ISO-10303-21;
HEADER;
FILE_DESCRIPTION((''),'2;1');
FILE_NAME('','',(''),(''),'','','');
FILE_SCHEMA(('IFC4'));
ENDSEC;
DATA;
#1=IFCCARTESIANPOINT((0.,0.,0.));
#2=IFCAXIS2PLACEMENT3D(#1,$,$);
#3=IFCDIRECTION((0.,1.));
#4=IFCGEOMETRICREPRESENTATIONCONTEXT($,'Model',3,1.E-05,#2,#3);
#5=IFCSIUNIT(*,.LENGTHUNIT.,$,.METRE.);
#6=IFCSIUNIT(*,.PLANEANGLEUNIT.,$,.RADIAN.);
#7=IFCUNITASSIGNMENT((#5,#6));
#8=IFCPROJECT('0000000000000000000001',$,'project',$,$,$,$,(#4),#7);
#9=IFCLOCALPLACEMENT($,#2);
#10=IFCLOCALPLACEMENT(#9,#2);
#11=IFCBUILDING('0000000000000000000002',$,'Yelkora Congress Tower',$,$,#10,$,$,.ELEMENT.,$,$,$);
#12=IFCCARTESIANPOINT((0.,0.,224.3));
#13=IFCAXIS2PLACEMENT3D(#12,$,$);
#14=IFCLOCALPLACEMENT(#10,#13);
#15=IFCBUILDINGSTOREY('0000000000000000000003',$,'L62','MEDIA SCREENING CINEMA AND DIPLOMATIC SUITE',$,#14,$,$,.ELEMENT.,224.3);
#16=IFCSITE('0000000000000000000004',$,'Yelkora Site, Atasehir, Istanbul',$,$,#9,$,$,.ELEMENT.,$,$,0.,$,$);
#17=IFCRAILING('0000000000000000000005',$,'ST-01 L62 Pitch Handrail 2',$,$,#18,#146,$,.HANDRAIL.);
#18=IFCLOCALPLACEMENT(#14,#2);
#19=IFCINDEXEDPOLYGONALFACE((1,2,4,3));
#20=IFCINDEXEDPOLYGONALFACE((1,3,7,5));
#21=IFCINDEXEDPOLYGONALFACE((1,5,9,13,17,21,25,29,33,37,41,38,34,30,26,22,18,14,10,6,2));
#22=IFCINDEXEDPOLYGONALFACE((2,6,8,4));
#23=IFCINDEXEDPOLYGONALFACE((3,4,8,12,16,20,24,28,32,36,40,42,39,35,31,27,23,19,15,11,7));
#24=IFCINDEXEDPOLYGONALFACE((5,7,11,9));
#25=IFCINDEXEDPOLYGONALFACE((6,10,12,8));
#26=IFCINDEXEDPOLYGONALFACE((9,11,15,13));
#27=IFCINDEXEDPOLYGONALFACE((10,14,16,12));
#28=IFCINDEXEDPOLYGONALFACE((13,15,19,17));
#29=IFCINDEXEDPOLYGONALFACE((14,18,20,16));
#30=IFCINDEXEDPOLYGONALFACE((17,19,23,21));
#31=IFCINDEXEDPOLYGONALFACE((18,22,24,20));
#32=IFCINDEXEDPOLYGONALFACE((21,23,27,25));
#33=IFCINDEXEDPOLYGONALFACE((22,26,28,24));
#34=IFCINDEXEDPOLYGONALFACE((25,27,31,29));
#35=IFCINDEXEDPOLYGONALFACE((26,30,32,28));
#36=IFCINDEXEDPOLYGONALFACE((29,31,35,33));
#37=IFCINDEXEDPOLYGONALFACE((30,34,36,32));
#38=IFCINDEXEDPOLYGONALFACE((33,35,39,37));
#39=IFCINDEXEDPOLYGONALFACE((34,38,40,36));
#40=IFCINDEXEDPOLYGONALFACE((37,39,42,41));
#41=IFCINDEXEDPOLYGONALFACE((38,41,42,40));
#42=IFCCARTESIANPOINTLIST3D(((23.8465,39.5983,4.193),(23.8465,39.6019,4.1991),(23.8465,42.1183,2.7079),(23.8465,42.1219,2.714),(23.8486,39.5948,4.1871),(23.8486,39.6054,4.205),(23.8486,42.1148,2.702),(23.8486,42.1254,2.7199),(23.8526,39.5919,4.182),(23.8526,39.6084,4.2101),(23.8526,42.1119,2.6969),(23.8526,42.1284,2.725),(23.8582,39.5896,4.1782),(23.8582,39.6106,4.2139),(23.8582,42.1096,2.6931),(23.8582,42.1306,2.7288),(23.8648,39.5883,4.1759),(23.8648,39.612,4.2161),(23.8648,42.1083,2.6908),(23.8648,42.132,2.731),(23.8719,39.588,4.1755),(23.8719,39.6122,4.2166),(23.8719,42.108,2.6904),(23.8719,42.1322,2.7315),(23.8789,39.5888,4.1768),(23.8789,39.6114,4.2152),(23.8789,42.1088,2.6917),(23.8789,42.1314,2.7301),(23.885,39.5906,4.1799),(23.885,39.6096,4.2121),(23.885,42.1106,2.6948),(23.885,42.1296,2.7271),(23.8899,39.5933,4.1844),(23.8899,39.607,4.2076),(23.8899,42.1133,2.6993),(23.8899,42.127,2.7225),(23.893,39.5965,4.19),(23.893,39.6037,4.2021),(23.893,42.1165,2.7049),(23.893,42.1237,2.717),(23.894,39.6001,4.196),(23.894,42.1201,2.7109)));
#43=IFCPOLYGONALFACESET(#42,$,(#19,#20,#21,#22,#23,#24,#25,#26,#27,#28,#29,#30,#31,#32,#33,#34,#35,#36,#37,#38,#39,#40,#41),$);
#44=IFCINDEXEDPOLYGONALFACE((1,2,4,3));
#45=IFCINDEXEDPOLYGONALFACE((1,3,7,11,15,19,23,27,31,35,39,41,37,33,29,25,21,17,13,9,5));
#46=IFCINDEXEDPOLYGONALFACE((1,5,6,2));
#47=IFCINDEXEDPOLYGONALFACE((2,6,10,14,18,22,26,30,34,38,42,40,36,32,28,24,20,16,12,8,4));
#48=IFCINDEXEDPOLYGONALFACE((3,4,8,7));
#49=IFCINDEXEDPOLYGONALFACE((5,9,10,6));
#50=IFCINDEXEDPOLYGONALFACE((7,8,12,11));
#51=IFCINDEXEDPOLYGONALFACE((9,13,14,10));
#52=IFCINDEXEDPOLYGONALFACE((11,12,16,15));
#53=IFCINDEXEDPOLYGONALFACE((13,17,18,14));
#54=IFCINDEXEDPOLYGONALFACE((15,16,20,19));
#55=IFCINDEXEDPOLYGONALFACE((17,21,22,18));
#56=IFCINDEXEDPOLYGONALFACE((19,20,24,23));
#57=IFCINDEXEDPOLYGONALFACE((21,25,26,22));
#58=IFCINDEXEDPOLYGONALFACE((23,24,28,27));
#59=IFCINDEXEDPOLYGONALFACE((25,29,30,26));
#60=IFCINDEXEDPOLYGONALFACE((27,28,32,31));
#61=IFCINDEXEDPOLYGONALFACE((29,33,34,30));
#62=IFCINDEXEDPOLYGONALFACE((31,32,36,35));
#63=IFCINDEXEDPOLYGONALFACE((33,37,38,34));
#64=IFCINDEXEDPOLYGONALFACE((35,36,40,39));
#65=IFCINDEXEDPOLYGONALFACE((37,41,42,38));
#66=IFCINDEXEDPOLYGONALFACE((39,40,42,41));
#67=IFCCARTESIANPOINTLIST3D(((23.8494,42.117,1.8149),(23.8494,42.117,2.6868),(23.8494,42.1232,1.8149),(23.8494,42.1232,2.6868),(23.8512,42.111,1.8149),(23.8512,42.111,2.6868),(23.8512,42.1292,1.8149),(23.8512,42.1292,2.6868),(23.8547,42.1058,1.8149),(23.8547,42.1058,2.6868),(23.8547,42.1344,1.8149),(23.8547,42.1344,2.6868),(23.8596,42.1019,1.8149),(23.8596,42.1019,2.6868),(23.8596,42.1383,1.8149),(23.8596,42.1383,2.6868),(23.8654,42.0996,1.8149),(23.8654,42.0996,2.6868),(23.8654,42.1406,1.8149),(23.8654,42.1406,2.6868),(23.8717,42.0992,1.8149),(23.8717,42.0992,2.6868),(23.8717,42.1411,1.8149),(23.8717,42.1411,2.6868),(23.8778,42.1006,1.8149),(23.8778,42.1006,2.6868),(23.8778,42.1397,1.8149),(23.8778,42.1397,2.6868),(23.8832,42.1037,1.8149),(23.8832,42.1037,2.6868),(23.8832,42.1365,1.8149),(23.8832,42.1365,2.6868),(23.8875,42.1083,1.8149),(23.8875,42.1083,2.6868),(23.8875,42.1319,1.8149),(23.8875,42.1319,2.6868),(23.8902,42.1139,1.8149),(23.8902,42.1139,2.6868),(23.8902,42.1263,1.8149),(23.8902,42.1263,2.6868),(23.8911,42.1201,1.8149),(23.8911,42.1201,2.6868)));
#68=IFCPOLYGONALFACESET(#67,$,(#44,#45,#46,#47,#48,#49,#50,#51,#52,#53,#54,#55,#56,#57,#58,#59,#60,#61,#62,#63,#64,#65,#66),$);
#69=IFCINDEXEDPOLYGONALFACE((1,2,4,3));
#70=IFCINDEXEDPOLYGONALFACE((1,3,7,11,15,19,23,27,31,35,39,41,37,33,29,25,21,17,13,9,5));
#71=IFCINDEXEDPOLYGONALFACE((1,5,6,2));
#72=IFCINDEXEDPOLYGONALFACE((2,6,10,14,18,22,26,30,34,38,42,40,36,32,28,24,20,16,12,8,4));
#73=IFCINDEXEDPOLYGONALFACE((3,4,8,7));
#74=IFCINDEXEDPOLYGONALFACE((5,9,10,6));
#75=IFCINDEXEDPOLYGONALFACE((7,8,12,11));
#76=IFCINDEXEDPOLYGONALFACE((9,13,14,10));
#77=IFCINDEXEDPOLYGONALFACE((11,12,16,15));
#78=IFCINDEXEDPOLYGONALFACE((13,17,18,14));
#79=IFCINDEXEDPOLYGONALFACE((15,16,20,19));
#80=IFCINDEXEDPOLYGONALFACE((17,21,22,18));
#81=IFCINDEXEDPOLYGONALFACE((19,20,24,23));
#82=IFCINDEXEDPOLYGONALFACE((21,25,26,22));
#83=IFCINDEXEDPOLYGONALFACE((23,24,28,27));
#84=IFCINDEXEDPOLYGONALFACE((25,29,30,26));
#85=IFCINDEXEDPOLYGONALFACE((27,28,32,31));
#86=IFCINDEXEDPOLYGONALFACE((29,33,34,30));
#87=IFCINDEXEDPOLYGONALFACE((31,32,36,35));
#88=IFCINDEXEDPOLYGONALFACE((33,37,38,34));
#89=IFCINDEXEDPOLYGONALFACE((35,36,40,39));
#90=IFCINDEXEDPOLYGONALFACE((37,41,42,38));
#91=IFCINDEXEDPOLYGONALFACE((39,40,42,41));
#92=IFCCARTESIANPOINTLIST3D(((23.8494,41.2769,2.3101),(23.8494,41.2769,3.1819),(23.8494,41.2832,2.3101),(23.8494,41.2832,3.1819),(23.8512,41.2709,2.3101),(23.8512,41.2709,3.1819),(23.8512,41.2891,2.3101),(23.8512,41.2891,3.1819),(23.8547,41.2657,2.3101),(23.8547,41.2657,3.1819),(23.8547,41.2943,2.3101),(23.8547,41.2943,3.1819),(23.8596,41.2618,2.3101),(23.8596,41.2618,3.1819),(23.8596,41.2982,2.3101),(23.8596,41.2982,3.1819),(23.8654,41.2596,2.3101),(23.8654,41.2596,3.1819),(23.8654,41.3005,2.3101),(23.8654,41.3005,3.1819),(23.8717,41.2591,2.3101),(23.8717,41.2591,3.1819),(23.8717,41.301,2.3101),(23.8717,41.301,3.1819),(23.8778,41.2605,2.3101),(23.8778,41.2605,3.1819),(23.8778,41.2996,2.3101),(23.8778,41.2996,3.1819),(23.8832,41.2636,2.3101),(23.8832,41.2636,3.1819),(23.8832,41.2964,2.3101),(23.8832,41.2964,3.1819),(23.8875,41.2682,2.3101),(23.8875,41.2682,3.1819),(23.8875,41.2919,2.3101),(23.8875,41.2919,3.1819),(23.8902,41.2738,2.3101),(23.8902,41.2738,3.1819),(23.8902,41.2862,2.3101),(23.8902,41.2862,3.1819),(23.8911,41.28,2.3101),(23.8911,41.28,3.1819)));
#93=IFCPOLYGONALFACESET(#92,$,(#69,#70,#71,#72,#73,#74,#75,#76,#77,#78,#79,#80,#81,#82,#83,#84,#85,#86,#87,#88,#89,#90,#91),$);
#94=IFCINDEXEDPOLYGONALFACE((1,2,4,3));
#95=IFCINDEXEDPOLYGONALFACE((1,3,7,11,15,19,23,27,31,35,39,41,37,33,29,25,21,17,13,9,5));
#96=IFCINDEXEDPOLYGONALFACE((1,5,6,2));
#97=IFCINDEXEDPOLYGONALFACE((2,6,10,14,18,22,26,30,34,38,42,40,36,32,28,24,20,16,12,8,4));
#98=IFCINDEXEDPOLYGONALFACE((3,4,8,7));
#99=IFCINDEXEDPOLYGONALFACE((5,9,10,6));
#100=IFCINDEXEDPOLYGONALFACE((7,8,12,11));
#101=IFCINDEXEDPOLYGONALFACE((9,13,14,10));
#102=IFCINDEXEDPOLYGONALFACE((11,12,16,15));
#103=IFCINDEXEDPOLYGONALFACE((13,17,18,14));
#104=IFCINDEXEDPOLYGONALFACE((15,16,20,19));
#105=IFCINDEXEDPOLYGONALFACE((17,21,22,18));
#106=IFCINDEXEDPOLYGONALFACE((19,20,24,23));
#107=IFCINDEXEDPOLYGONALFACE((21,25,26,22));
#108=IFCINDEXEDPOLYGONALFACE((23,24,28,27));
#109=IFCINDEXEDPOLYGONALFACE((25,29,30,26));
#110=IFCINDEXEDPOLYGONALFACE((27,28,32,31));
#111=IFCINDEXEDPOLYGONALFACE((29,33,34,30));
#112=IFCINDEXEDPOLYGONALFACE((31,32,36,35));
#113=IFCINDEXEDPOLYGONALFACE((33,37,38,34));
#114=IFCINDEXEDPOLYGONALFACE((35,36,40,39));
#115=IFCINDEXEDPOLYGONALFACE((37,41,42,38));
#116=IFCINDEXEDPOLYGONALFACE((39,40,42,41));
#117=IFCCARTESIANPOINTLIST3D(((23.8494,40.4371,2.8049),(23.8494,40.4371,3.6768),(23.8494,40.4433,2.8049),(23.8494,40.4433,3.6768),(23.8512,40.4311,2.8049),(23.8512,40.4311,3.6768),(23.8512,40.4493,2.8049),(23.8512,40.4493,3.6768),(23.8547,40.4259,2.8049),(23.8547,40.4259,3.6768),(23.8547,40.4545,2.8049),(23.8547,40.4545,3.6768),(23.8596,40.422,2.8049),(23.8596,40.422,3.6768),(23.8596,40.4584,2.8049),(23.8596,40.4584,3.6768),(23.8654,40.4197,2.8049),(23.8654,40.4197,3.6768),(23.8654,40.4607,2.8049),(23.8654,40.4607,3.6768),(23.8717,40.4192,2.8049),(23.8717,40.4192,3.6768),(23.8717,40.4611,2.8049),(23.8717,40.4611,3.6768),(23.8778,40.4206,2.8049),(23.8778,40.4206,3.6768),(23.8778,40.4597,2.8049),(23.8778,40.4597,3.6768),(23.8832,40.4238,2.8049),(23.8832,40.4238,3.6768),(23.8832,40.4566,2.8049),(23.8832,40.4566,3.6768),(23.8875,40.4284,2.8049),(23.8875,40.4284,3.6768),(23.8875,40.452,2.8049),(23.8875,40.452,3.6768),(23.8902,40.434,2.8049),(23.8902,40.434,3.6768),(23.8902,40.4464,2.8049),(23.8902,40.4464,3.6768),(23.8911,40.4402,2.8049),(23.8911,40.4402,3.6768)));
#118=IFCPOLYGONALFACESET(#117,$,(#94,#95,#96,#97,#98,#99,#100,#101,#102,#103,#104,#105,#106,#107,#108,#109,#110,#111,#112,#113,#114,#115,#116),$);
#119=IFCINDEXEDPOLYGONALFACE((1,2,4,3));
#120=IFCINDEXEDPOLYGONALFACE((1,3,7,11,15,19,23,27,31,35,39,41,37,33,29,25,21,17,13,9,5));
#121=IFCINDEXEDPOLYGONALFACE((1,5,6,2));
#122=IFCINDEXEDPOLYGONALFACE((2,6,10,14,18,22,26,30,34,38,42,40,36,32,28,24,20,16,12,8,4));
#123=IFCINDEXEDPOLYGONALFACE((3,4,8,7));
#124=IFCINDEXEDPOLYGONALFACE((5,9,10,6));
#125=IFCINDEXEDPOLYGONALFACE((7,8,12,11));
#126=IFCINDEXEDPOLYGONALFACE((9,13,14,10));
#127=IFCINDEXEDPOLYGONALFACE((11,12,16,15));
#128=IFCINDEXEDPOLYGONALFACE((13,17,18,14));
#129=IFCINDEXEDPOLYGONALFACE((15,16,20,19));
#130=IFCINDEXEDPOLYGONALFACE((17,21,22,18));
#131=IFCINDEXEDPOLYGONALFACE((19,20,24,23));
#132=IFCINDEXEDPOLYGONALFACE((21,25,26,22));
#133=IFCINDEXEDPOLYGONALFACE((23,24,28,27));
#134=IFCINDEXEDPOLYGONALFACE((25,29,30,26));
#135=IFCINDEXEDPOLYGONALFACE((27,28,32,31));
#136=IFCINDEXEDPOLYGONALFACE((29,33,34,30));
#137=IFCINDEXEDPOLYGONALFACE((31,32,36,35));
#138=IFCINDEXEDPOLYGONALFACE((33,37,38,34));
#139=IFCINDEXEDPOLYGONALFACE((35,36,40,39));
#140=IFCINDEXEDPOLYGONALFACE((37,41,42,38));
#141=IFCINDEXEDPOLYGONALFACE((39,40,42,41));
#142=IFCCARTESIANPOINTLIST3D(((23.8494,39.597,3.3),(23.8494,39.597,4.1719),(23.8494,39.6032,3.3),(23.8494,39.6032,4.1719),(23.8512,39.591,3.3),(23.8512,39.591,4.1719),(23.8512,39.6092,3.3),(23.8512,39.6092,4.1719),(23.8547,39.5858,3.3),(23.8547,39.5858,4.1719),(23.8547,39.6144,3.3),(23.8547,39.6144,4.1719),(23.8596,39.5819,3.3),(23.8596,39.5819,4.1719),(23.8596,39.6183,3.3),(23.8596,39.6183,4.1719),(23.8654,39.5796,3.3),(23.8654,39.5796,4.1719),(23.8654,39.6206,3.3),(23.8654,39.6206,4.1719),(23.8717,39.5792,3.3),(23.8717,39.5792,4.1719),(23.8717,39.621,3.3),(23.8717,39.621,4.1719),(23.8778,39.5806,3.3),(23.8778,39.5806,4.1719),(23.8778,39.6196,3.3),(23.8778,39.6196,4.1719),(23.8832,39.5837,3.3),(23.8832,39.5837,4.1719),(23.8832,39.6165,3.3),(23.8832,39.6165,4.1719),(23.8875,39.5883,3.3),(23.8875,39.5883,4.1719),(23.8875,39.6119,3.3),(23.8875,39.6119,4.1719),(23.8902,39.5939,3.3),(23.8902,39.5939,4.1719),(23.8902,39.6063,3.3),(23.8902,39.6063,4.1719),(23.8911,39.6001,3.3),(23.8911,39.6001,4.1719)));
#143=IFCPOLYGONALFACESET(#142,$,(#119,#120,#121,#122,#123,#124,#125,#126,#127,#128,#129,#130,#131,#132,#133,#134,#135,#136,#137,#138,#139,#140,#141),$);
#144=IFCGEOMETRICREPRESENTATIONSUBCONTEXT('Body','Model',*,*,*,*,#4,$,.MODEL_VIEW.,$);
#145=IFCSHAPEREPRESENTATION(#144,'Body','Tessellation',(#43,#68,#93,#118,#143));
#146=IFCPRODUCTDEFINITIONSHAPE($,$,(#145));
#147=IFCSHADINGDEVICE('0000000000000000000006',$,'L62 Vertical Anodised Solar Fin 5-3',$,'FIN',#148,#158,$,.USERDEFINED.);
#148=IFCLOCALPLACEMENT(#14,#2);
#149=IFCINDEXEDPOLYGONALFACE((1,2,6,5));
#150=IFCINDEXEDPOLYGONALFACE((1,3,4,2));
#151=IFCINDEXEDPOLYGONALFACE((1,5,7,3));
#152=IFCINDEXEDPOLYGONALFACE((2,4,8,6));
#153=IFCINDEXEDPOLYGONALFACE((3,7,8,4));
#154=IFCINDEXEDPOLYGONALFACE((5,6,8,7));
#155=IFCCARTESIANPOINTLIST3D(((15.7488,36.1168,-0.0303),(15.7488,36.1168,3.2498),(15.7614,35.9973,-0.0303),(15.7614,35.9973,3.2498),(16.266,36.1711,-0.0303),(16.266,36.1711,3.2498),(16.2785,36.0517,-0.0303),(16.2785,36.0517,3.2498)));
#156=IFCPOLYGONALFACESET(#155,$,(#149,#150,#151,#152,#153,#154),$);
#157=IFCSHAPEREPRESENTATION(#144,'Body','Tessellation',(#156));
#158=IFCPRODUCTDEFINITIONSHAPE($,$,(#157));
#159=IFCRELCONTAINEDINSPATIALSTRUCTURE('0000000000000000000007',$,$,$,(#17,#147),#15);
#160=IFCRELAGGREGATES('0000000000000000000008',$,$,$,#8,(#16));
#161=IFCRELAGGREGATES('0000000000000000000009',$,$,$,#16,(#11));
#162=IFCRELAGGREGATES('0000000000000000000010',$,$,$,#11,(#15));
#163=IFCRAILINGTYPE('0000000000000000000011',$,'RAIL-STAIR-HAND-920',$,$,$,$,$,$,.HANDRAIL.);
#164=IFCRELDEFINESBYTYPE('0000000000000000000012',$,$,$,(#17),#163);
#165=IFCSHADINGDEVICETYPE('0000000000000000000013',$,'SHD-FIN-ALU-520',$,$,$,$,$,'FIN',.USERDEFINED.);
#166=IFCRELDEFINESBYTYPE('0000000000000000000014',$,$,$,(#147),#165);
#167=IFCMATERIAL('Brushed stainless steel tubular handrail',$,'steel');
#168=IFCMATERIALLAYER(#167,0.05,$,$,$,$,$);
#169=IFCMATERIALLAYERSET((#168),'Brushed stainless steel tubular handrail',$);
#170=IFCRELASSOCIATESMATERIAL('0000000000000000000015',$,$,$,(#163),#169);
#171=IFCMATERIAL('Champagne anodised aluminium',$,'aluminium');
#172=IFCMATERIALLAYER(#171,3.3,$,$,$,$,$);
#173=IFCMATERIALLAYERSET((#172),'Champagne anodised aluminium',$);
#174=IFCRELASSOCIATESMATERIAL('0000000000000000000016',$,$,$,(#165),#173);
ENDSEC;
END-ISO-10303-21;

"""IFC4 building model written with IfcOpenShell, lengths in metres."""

from ifc_helpers import new_model, si_unit, direction, frame, origin, origin_2d, place, context, subcontext, project, spatial, rectangle, circle, extrude, material, layer, layer_set, type_object, element, save


model = new_model("IFC4")

# Units and contexts
model_context = context("Model", 3, precision=1e-05, world=origin(), true_north=direction((0.0, 1.0)))
body_context = subcontext(model_context, "Body", "Model", "MODEL_VIEW")
ifc_project = project(units=[si_unit("LENGTHUNIT", "METRE"), si_unit("PLANEANGLEUNIT", "RADIAN")], contexts=[model_context])

# Site, building, storey
site_placement = place(None, origin())
site = spatial("IfcSite", under=ifc_project, at=site_placement, Name="Yelkora Site, Atasehir, Istanbul", CompositionType="ELEMENT", RefElevation=0.0)
building_placement = place(site_placement, origin())
building = spatial("IfcBuilding", under=site, at=building_placement, Name="Yelkora Congress Tower", CompositionType="ELEMENT")
storey_placement = place(building_placement, frame((0.0, 0.0, 224.3)))
storey = spatial("IfcBuildingStorey", under=building, at=storey_placement, Name="L62", Description="MEDIA SCREENING CINEMA AND DIPLOMATIC SUITE", CompositionType="ELEMENT", Elevation=224.3)

# Railing
ifc_material_1 = material(Name="Brushed stainless steel tubular handrail", Category="steel")
ifc_layer_1 = layer(ifc_material_1, 0.05)
ifc_layer_set_1 = layer_set([ifc_layer_1], Name="Brushed stainless steel tubular handrail")
railing_type_1 = type_object("IfcRailingType", Name="RAIL-STAIR-HAND-920", PredefinedType="HANDRAIL", material=ifc_layer_set_1)
railing_1_placement = place(storey_placement, frame((23.8701, 42.1201, 1.8149)))
element("IfcRailing", 1, at=railing_1_placement, inside=storey, type_object=railing_type_1, Name="ST-01 L62 Pitch Handrail 2", PredefinedType="HANDRAIL", context=body_context, shape_type="SweptSolid", body=[
    extrude(circle(Radius=0.0239, at=origin_2d()), frame((0.0, 0.0, 0.896), z_axis=(0.0, -0.861524, 0.507717), x_axis=(1.0, 0.0, 0.0)), (0.0, 0.0, 1.0), 2.925),
    extrude(circle(Radius=0.021, at=origin_2d()), origin(), (0.0, 0.0, 1.0), 0.8718),
    extrude(circle(Radius=0.021, at=origin_2d()), frame((0.0, -0.8401, 0.4951)), (0.0, 0.0, 1.0), 0.8718),
    extrude(circle(Radius=0.021, at=origin_2d()), frame((0.0, -1.6799, 0.99)), (0.0, 0.0, 1.0), 0.8718),
    extrude(circle(Radius=0.021, at=origin_2d()), frame((0.0, -2.52, 1.4851)), (0.0, 0.0, 1.0), 0.8718),
])

# Shading device
ifc_material_2 = material(Name="Champagne anodised aluminium", Category="aluminium")
ifc_layer_2 = layer(ifc_material_2, 3.3)
ifc_layer_set_2 = layer_set([ifc_layer_2], Name="Champagne anodised aluminium")
shading_device_type = type_object("IfcShadingDeviceType", Name="SHD-FIN-ALU-520", ElementType="FIN", PredefinedType="USERDEFINED", material=ifc_layer_set_2)
shading_device_placement = place(storey_placement, frame((16.0137, 36.0842, -0.0303), z_axis=(0.0, 0.0, 1.0), x_axis=(-0.104528, 0.994522, 0.0)))
element("IfcShadingDevice", 2, at=shading_device_placement, inside=storey, type_object=shading_device_type, Name="L62 Vertical Anodised Solar Fin 5-3", ObjectType="FIN", PredefinedType="USERDEFINED", context=body_context, shape_type="SweptSolid", body=[
    extrude(rectangle(XDim=0.1201, YDim=0.52, at=origin_2d()), origin(), (0.0, 0.0, 1.0), 3.28),
])

save(model, "model.ifc")
